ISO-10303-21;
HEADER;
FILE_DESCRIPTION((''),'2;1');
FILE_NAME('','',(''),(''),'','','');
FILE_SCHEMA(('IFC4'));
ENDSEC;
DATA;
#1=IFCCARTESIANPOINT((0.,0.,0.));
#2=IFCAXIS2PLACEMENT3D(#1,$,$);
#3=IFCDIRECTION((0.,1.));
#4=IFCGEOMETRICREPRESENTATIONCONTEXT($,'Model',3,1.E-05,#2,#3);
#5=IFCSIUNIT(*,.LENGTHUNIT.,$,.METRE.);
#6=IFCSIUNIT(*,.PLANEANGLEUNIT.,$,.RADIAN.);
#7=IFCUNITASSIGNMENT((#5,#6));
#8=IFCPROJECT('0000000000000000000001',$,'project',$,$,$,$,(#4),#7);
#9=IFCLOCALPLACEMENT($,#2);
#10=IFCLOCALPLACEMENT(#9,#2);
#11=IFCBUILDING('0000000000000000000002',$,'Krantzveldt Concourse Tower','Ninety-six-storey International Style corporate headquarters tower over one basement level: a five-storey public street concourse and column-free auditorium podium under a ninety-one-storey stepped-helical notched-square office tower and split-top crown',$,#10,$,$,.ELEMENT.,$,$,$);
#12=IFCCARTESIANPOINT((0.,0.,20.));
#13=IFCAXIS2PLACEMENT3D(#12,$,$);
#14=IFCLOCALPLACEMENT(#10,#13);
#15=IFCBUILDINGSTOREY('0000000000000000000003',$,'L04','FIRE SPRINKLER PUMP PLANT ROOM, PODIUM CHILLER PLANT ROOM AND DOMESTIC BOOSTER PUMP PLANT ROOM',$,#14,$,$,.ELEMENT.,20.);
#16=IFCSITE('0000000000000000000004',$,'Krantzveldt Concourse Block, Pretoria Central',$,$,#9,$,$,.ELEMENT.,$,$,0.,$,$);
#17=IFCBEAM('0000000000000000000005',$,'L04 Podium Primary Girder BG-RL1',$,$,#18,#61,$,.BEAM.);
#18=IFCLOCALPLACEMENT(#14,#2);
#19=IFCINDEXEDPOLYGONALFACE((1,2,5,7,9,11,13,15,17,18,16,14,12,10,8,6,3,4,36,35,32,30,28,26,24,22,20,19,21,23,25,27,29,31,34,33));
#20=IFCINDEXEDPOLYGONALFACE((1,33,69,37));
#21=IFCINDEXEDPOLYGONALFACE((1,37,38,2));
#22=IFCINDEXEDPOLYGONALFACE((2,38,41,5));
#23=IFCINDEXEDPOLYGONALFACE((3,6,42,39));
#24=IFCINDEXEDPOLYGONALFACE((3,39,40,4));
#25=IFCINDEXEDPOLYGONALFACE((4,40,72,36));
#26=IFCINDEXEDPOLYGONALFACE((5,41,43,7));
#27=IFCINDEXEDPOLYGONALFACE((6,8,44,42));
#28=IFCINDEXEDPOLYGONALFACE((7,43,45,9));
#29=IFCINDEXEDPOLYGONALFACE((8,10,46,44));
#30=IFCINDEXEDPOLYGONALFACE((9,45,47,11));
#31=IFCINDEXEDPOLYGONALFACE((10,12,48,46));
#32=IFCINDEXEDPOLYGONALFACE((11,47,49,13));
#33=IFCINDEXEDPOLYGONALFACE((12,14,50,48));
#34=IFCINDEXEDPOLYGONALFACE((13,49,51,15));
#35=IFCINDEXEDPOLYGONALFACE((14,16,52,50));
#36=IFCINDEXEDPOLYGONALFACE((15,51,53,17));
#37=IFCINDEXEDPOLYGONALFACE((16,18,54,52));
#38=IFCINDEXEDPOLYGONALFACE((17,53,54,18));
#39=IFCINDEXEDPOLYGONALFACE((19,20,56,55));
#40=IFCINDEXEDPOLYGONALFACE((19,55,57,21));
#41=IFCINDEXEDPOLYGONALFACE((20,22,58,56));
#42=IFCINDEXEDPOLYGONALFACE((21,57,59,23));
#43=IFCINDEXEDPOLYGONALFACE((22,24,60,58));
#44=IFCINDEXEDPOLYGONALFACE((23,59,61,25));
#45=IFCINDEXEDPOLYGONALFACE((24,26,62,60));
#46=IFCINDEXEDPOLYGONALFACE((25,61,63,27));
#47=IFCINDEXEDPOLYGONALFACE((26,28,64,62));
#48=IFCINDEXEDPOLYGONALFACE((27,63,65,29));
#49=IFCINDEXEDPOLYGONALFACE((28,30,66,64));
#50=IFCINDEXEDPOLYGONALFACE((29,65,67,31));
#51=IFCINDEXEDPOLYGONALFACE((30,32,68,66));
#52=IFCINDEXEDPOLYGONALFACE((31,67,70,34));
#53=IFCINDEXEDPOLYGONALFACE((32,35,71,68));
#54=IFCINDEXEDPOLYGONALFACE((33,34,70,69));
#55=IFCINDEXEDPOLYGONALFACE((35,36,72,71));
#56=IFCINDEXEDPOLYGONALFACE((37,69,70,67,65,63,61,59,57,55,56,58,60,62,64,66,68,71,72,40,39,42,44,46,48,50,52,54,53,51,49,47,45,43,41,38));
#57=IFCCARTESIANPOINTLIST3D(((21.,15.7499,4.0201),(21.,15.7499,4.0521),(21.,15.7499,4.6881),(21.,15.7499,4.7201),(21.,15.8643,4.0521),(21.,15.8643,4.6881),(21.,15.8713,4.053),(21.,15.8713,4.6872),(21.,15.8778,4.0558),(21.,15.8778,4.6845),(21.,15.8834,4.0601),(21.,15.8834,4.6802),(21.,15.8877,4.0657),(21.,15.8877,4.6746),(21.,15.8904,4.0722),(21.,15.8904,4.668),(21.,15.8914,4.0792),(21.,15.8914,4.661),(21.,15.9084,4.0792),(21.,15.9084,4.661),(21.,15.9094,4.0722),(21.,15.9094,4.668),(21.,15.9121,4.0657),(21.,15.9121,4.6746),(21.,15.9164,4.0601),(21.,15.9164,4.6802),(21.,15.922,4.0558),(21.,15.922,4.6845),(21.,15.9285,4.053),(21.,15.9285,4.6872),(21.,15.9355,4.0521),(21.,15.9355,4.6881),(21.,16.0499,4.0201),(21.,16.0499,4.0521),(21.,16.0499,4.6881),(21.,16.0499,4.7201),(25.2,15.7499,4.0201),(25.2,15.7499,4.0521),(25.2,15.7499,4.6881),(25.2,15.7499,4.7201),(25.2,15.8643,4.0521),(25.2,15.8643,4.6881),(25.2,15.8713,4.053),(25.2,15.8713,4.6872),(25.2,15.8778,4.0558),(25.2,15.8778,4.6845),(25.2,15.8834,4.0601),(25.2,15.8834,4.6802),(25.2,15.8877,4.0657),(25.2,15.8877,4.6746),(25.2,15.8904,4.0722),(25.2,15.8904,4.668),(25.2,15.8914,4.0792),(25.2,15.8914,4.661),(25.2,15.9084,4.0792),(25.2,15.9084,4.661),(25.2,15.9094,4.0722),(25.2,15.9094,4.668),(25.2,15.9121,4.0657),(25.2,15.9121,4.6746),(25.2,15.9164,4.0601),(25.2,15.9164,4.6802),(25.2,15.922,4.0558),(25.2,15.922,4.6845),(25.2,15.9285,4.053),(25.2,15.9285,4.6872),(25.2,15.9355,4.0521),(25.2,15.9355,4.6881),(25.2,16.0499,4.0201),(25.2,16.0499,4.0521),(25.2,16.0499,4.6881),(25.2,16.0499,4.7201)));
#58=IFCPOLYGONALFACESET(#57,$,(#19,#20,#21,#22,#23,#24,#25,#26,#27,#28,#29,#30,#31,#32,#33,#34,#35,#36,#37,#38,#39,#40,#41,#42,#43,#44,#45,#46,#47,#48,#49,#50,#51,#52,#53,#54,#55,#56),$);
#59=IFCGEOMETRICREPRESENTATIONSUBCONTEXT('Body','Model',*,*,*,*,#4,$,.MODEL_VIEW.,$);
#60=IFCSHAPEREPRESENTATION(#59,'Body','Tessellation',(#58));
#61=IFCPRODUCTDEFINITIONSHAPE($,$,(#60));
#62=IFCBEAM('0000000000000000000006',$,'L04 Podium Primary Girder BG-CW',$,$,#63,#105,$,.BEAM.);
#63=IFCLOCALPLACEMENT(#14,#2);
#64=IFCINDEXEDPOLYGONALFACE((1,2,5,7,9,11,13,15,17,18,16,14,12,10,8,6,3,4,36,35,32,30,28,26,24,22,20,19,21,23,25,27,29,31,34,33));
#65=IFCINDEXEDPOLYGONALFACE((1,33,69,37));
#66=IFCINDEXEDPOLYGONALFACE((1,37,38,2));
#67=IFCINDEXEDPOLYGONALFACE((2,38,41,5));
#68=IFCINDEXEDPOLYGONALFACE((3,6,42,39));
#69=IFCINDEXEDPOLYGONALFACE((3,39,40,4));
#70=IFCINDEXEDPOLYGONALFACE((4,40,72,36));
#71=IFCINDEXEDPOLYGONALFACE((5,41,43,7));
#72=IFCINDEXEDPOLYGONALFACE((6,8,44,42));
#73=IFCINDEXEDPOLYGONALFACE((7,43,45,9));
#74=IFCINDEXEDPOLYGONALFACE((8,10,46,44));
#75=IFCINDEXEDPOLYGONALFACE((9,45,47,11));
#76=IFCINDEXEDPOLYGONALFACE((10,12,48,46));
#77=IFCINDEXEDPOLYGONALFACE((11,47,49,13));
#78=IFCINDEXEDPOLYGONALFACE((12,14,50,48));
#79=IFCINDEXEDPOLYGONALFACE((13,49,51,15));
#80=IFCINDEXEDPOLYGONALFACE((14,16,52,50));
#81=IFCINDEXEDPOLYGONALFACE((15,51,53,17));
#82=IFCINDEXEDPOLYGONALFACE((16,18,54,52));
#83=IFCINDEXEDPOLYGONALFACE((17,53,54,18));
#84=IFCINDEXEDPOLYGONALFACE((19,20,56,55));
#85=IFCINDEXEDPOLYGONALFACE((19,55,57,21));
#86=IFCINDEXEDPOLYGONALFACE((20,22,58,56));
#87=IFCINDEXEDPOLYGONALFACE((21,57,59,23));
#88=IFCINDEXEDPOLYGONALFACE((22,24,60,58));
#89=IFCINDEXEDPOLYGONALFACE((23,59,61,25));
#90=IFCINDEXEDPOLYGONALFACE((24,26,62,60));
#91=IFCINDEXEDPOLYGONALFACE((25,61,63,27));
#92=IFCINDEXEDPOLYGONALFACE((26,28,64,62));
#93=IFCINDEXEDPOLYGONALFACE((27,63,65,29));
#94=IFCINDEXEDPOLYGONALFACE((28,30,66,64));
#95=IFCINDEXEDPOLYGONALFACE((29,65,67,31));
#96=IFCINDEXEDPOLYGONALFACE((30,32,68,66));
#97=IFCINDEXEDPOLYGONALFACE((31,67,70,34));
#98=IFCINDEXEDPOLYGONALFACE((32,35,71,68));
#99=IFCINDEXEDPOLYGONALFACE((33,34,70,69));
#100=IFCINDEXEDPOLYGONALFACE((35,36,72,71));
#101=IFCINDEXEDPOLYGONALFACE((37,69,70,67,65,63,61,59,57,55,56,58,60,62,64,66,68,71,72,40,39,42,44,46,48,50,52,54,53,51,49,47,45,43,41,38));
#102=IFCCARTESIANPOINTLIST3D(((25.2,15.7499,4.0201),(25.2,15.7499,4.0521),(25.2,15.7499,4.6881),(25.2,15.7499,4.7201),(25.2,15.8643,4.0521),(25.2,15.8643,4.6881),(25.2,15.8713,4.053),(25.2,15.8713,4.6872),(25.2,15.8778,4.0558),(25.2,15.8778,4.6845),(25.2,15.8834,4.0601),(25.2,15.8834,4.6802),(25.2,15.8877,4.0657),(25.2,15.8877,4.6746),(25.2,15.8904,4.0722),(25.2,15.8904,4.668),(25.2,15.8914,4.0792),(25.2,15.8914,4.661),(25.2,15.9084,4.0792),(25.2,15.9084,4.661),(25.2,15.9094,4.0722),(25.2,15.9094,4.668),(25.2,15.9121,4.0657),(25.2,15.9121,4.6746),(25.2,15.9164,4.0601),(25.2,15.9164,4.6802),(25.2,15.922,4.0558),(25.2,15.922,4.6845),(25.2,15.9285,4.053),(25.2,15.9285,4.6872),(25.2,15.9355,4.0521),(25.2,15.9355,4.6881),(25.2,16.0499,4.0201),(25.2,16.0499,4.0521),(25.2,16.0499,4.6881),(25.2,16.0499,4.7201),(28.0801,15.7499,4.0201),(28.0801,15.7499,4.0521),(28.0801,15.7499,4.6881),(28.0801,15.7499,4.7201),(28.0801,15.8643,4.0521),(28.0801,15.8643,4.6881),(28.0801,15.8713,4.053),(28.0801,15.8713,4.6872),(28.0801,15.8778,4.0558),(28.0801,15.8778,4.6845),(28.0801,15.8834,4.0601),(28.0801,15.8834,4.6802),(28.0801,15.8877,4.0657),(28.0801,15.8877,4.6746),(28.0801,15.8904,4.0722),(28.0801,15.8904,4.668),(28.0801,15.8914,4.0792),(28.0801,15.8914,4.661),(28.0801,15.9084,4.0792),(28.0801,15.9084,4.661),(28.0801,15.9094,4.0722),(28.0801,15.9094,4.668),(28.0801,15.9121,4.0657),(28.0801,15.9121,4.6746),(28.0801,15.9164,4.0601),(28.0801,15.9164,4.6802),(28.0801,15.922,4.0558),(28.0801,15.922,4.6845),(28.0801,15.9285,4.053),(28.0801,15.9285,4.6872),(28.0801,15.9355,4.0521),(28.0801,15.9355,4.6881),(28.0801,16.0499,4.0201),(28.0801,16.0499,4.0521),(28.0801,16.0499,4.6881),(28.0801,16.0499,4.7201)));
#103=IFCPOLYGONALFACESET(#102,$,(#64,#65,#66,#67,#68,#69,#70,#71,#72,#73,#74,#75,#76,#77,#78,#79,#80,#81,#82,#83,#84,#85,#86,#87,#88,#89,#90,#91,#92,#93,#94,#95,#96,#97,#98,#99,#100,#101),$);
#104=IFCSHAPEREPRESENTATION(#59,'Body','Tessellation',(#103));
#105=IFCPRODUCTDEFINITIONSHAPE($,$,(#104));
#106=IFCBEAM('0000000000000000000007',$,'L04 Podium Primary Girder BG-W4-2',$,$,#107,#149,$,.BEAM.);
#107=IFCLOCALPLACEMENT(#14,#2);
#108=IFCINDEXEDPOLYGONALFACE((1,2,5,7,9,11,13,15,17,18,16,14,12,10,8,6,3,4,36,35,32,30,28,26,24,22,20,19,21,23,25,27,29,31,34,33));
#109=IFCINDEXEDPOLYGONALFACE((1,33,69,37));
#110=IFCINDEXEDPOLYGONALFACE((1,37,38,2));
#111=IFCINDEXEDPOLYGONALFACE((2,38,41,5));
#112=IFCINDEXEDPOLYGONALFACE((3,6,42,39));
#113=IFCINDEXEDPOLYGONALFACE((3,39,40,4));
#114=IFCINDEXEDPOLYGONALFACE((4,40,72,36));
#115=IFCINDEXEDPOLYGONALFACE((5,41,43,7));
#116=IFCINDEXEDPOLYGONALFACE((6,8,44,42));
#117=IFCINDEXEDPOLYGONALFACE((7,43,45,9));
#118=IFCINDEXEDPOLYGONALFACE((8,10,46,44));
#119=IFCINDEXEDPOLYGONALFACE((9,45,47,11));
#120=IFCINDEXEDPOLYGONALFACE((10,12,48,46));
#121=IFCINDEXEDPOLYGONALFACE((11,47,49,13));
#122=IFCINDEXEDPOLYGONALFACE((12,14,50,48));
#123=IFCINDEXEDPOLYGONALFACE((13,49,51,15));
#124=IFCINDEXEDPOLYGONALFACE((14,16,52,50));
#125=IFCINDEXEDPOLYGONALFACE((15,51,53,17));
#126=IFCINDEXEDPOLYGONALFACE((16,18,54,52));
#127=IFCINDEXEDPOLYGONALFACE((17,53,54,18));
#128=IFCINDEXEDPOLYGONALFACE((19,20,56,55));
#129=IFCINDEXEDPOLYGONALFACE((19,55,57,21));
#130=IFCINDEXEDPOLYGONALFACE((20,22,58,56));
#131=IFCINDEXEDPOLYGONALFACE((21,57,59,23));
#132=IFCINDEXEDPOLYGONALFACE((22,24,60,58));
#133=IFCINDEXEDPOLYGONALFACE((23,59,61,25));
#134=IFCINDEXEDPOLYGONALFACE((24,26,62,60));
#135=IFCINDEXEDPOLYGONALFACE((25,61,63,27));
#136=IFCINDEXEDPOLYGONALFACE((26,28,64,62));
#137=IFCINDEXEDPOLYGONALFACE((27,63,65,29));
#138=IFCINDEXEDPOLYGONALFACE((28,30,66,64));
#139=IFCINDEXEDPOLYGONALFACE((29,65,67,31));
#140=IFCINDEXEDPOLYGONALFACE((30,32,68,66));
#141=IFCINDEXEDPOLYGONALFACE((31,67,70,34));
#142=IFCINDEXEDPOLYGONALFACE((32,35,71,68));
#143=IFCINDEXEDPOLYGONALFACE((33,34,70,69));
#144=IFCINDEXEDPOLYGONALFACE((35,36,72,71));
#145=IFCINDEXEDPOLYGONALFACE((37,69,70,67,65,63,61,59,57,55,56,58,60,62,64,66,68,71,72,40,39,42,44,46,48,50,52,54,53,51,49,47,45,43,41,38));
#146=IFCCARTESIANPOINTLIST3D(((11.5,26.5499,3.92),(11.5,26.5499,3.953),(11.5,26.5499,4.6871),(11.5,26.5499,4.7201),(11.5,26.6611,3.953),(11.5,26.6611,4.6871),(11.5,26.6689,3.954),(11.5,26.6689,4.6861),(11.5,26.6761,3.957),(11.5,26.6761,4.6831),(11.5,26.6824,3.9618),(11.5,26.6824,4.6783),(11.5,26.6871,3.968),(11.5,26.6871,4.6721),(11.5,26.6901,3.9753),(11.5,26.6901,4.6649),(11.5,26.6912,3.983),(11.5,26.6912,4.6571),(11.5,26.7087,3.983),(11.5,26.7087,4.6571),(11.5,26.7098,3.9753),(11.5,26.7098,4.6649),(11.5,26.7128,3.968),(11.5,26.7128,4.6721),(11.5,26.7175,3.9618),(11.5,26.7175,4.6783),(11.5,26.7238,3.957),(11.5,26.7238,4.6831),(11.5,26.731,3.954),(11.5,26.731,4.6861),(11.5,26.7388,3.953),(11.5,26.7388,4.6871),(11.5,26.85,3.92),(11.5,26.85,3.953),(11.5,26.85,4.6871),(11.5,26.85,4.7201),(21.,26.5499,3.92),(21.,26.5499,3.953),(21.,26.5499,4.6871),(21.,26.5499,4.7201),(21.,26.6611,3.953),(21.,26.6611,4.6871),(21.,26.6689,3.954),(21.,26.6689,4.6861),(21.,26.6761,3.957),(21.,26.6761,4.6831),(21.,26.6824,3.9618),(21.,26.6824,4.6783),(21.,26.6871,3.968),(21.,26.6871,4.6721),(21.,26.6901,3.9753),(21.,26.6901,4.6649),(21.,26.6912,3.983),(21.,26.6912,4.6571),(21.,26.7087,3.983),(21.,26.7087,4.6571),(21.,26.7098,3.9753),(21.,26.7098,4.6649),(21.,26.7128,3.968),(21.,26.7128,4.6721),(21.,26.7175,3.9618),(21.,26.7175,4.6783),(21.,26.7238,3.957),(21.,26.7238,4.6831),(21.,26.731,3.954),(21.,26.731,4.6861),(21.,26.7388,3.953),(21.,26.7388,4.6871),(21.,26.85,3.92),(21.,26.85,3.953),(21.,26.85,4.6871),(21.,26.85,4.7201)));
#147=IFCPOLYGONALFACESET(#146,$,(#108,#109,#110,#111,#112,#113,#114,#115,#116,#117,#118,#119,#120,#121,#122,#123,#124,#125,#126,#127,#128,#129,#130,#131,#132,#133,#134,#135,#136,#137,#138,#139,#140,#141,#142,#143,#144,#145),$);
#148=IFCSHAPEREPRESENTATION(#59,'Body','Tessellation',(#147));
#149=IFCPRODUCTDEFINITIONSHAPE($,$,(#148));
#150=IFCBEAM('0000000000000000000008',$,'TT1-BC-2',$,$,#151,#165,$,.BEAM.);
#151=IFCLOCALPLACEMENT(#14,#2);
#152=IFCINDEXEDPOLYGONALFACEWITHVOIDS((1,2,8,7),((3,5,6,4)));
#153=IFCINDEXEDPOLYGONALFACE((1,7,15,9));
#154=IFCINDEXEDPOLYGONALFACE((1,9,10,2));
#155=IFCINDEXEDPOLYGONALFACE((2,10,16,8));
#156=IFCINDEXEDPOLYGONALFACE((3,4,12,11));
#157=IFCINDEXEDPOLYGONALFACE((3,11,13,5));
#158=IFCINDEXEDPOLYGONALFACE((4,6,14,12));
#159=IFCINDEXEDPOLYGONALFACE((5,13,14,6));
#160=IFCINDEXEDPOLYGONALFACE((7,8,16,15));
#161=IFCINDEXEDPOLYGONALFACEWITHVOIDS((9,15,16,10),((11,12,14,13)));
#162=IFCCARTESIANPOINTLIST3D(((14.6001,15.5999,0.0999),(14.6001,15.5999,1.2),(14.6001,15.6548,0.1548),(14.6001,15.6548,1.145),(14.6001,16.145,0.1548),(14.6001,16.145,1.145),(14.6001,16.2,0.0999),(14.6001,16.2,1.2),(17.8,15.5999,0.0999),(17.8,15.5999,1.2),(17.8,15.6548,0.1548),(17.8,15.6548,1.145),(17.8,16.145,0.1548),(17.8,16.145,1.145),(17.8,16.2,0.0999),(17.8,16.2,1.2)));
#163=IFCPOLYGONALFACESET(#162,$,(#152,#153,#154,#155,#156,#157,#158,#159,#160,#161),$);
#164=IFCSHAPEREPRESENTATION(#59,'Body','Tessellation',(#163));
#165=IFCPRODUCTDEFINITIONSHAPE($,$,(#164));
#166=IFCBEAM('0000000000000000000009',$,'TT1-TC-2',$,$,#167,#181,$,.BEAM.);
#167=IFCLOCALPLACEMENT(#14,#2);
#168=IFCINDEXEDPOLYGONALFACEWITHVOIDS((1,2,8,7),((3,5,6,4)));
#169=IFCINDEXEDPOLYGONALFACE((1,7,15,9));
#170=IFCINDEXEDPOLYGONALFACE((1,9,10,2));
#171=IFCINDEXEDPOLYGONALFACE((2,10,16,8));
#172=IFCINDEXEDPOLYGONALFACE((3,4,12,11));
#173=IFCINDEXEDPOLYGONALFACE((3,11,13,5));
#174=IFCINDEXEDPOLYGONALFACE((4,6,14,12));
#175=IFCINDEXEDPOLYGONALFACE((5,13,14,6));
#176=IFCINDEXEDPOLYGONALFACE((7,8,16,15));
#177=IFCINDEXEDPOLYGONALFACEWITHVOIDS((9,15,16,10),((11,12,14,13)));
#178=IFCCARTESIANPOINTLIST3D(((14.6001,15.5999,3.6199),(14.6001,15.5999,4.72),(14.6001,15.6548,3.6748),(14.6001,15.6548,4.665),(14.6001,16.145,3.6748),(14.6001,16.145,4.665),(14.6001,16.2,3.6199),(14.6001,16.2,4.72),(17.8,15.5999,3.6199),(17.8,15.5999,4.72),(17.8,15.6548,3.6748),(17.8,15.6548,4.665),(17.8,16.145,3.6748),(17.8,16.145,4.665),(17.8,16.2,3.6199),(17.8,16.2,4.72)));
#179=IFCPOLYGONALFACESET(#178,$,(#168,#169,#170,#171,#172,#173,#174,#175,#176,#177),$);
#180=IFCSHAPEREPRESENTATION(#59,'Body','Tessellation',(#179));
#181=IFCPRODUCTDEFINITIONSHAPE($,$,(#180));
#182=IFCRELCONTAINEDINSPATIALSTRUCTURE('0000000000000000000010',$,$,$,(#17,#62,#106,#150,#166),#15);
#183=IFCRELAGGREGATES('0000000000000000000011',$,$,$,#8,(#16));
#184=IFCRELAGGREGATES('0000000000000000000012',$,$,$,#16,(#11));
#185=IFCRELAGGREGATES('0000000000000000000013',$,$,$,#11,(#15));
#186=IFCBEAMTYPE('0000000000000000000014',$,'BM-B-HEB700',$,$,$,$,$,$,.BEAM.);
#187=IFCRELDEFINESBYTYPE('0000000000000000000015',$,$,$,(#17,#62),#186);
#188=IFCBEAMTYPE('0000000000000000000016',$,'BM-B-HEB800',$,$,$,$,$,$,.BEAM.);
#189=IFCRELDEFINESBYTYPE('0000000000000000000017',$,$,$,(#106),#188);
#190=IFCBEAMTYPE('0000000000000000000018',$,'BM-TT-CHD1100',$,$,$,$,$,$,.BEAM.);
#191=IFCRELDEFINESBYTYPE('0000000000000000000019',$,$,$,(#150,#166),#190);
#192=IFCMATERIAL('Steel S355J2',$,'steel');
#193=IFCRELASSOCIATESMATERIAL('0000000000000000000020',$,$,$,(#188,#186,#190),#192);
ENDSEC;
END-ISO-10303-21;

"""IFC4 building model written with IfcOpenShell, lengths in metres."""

from ifc_helpers import new_model, si_unit, direction, frame, origin, origin_2d, place, context, subcontext, project, spatial, hollow_rectangle, i_section, extrude, source, transform, mapped, material, material_profile, profile_set, type_object, type_shapes, element, save


model = new_model("IFC4")

# Units and contexts
model_context = context("Model", 3, precision=1e-05, world=origin(), true_north=direction((0.0, 1.0)))
body_context = subcontext(model_context, "Body", "Model", "MODEL_VIEW")
ifc_project = project(units=[si_unit("LENGTHUNIT", "METRE"), si_unit("PLANEANGLEUNIT", "RADIAN")], contexts=[model_context])

# Site, building, storey
site_placement = place(None, origin())
site = spatial("IfcSite", under=ifc_project, at=site_placement, Name="Krantzveldt Concourse Block, Pretoria Central", CompositionType="ELEMENT", RefElevation=0.0)
building_placement = place(site_placement, origin())
building = spatial("IfcBuilding", under=site, at=building_placement, Name="Krantzveldt Concourse Tower", Description="Ninety-six-storey International Style corporate headquarters tower over one basement level: a five-storey public street concourse and column-free auditorium podium under a ninety-one-storey stepped-helical notched-square office tower and split-top crown", CompositionType="ELEMENT")
storey_placement = place(building_placement, frame((0.0, 0.0, 20.0)))
storey = spatial("IfcBuildingStorey", under=building, at=storey_placement, Name="L04", Description="FIRE SPRINKLER PUMP PLANT ROOM, PODIUM CHILLER PLANT ROOM AND DOMESTIC BOOSTER PUMP PLANT ROOM", CompositionType="ELEMENT", Elevation=20.0)

# Beams
ifc_material_1 = material(Name="Steel S355J2", Category="steel")
ifc_material_profile_1 = material_profile(ifc_material_1, i_section(OverallWidth=0.3, OverallDepth=0.8, WebThickness=0.0176, FlangeThickness=0.033, FilletRadius=0.03, at=origin_2d()), Name="Steel S355J2", Category="steel")
ifc_profile_set_1 = profile_set([ifc_material_profile_1], Name="Steel S355J2 - HEB 800")
beam_type_1 = type_object("IfcBeamType", Name="BM-B-HEB800", PredefinedType="BEAM", material=ifc_profile_set_1)
ifc_material_profile_2 = material_profile(ifc_material_1, i_section(OverallWidth=0.3, OverallDepth=0.7, WebThickness=0.0171, FlangeThickness=0.032, FilletRadius=0.0271, at=origin_2d()), Name="Steel S355J2", Category="steel")
ifc_profile_set_2 = profile_set([ifc_material_profile_2], Name="Steel S355J2 - HEB 700")
beam_type_2 = type_object("IfcBeamType", Name="BM-B-HEB700", PredefinedType="BEAM", material=ifc_profile_set_2)
shared_shape_1 = source(origin(), body_context, "Body", "SweptSolid", [
    extrude(i_section(OverallWidth=0.3, OverallDepth=0.7, WebThickness=0.0171, FlangeThickness=0.032, FilletRadius=0.0271, at=origin_2d()), origin(), (0.0, 0.0, 1.0), 4.2),
])
beam_1_placement = place(storey_placement, frame((21.0, 15.8999, 4.3701), z_axis=(1.0, 0.0, 0.0), x_axis=(0.0, 1.0, 0.0)))
element("IfcBeam", 1, at=beam_1_placement, inside=storey, type_object=beam_type_2, Name="L04 Podium Primary Girder BG-RL1", PredefinedType="BEAM", context=body_context, shape_type="MappedRepresentation", body=[
    mapped(shared_shape_1, transform((0.0, 0.0, 0.0), x_axis=(1.0, 0.0, 0.0), y_axis=(0.0, 1.0, 0.0), z_axis=(0.0, 0.0, 1.0), scale=1.0)),
])
shared_shape_2 = source(origin(), body_context, "Body", "SweptSolid", [
    extrude(i_section(OverallWidth=0.3, OverallDepth=0.7, WebThickness=0.0171, FlangeThickness=0.032, FilletRadius=0.0271, at=origin_2d()), origin(), (0.0, 0.0, 1.0), 2.8801),
])
type_shapes(beam_type_2, [shared_shape_1, shared_shape_2])
beam_2_placement = place(storey_placement, frame((25.2, 15.8999, 4.3701), z_axis=(1.0, 0.0, 0.0), x_axis=(0.0, 1.0, 0.0)))
element("IfcBeam", 2, at=beam_2_placement, inside=storey, type_object=beam_type_2, Name="L04 Podium Primary Girder BG-CW", PredefinedType="BEAM", context=body_context, shape_type="MappedRepresentation", body=[
    mapped(shared_shape_2, transform((0.0, 0.0, 0.0), x_axis=(1.0, 0.0, 0.0), y_axis=(0.0, 1.0, 0.0), z_axis=(0.0, 0.0, 1.0), scale=1.0)),
])
shared_shape_3 = source(origin(), body_context, "Body", "SweptSolid", [
    extrude(i_section(OverallWidth=0.3, OverallDepth=0.8, WebThickness=0.0176, FlangeThickness=0.033, FilletRadius=0.03, at=origin_2d()), origin(), (0.0, 0.0, 1.0), 9.5),
])
beam_3_placement = place(storey_placement, frame((11.5, 26.7, 4.3201), z_axis=(1.0, 0.0, 0.0), x_axis=(0.0, 1.0, 0.0)))
element("IfcBeam", 3, at=beam_3_placement, inside=storey, type_object=beam_type_1, Name="L04 Podium Primary Girder BG-W4-2", PredefinedType="BEAM", context=body_context, shape_type="MappedRepresentation", body=[
    mapped(shared_shape_3, transform((0.0, 0.0, 0.0), x_axis=(1.0, 0.0, 0.0), y_axis=(0.0, 1.0, 0.0), z_axis=(0.0, 0.0, 1.0), scale=1.0)),
])
ifc_material_profile_3 = material_profile(ifc_material_1, hollow_rectangle(XDim=0.6001, YDim=1.1001, WallThickness=0.0549, at=origin_2d()), Name="Steel S355J2", Category="steel")
ifc_profile_set_3 = profile_set([ifc_material_profile_3], Name="Steel S355J2 - RHS 1100x600x55")
beam_type_3 = type_object("IfcBeamType", Name="BM-TT-CHD1100", PredefinedType="BEAM", material=ifc_profile_set_3)
shared_shape_4 = source(origin(), body_context, "Body", "SweptSolid", [
    extrude(hollow_rectangle(XDim=0.6001, YDim=1.1001, WallThickness=0.0549, at=origin_2d()), origin(), (0.0, 0.0, 1.0), 3.2),
])
type_shapes(beam_type_3, [shared_shape_4])
for number, where, z_axis, x_axis, name in (
    (4, (14.6001, 15.8999, 0.6499), (1.0, 0.0, 0.0), (0.0, 1.0, 0.0), "TT1-BC-2"),
    (5, (14.6001, 15.8999, 4.1699), (1.0, 0.0, 0.0), (0.0, 1.0, 0.0), "TT1-TC-2"),
):
    element("IfcBeam", number, at=place(storey_placement, frame(where, z_axis=z_axis, x_axis=x_axis)), inside=storey, type_object=beam_type_3, Name=name, PredefinedType="BEAM", context=body_context, shape_type="MappedRepresentation", body=[
        mapped(shared_shape_4, transform((0.0, 0.0, 0.0), x_axis=(1.0, 0.0, 0.0), y_axis=(0.0, 1.0, 0.0), z_axis=(0.0, 0.0, 1.0), scale=1.0)),
    ])

save(model, "model.ifc")
